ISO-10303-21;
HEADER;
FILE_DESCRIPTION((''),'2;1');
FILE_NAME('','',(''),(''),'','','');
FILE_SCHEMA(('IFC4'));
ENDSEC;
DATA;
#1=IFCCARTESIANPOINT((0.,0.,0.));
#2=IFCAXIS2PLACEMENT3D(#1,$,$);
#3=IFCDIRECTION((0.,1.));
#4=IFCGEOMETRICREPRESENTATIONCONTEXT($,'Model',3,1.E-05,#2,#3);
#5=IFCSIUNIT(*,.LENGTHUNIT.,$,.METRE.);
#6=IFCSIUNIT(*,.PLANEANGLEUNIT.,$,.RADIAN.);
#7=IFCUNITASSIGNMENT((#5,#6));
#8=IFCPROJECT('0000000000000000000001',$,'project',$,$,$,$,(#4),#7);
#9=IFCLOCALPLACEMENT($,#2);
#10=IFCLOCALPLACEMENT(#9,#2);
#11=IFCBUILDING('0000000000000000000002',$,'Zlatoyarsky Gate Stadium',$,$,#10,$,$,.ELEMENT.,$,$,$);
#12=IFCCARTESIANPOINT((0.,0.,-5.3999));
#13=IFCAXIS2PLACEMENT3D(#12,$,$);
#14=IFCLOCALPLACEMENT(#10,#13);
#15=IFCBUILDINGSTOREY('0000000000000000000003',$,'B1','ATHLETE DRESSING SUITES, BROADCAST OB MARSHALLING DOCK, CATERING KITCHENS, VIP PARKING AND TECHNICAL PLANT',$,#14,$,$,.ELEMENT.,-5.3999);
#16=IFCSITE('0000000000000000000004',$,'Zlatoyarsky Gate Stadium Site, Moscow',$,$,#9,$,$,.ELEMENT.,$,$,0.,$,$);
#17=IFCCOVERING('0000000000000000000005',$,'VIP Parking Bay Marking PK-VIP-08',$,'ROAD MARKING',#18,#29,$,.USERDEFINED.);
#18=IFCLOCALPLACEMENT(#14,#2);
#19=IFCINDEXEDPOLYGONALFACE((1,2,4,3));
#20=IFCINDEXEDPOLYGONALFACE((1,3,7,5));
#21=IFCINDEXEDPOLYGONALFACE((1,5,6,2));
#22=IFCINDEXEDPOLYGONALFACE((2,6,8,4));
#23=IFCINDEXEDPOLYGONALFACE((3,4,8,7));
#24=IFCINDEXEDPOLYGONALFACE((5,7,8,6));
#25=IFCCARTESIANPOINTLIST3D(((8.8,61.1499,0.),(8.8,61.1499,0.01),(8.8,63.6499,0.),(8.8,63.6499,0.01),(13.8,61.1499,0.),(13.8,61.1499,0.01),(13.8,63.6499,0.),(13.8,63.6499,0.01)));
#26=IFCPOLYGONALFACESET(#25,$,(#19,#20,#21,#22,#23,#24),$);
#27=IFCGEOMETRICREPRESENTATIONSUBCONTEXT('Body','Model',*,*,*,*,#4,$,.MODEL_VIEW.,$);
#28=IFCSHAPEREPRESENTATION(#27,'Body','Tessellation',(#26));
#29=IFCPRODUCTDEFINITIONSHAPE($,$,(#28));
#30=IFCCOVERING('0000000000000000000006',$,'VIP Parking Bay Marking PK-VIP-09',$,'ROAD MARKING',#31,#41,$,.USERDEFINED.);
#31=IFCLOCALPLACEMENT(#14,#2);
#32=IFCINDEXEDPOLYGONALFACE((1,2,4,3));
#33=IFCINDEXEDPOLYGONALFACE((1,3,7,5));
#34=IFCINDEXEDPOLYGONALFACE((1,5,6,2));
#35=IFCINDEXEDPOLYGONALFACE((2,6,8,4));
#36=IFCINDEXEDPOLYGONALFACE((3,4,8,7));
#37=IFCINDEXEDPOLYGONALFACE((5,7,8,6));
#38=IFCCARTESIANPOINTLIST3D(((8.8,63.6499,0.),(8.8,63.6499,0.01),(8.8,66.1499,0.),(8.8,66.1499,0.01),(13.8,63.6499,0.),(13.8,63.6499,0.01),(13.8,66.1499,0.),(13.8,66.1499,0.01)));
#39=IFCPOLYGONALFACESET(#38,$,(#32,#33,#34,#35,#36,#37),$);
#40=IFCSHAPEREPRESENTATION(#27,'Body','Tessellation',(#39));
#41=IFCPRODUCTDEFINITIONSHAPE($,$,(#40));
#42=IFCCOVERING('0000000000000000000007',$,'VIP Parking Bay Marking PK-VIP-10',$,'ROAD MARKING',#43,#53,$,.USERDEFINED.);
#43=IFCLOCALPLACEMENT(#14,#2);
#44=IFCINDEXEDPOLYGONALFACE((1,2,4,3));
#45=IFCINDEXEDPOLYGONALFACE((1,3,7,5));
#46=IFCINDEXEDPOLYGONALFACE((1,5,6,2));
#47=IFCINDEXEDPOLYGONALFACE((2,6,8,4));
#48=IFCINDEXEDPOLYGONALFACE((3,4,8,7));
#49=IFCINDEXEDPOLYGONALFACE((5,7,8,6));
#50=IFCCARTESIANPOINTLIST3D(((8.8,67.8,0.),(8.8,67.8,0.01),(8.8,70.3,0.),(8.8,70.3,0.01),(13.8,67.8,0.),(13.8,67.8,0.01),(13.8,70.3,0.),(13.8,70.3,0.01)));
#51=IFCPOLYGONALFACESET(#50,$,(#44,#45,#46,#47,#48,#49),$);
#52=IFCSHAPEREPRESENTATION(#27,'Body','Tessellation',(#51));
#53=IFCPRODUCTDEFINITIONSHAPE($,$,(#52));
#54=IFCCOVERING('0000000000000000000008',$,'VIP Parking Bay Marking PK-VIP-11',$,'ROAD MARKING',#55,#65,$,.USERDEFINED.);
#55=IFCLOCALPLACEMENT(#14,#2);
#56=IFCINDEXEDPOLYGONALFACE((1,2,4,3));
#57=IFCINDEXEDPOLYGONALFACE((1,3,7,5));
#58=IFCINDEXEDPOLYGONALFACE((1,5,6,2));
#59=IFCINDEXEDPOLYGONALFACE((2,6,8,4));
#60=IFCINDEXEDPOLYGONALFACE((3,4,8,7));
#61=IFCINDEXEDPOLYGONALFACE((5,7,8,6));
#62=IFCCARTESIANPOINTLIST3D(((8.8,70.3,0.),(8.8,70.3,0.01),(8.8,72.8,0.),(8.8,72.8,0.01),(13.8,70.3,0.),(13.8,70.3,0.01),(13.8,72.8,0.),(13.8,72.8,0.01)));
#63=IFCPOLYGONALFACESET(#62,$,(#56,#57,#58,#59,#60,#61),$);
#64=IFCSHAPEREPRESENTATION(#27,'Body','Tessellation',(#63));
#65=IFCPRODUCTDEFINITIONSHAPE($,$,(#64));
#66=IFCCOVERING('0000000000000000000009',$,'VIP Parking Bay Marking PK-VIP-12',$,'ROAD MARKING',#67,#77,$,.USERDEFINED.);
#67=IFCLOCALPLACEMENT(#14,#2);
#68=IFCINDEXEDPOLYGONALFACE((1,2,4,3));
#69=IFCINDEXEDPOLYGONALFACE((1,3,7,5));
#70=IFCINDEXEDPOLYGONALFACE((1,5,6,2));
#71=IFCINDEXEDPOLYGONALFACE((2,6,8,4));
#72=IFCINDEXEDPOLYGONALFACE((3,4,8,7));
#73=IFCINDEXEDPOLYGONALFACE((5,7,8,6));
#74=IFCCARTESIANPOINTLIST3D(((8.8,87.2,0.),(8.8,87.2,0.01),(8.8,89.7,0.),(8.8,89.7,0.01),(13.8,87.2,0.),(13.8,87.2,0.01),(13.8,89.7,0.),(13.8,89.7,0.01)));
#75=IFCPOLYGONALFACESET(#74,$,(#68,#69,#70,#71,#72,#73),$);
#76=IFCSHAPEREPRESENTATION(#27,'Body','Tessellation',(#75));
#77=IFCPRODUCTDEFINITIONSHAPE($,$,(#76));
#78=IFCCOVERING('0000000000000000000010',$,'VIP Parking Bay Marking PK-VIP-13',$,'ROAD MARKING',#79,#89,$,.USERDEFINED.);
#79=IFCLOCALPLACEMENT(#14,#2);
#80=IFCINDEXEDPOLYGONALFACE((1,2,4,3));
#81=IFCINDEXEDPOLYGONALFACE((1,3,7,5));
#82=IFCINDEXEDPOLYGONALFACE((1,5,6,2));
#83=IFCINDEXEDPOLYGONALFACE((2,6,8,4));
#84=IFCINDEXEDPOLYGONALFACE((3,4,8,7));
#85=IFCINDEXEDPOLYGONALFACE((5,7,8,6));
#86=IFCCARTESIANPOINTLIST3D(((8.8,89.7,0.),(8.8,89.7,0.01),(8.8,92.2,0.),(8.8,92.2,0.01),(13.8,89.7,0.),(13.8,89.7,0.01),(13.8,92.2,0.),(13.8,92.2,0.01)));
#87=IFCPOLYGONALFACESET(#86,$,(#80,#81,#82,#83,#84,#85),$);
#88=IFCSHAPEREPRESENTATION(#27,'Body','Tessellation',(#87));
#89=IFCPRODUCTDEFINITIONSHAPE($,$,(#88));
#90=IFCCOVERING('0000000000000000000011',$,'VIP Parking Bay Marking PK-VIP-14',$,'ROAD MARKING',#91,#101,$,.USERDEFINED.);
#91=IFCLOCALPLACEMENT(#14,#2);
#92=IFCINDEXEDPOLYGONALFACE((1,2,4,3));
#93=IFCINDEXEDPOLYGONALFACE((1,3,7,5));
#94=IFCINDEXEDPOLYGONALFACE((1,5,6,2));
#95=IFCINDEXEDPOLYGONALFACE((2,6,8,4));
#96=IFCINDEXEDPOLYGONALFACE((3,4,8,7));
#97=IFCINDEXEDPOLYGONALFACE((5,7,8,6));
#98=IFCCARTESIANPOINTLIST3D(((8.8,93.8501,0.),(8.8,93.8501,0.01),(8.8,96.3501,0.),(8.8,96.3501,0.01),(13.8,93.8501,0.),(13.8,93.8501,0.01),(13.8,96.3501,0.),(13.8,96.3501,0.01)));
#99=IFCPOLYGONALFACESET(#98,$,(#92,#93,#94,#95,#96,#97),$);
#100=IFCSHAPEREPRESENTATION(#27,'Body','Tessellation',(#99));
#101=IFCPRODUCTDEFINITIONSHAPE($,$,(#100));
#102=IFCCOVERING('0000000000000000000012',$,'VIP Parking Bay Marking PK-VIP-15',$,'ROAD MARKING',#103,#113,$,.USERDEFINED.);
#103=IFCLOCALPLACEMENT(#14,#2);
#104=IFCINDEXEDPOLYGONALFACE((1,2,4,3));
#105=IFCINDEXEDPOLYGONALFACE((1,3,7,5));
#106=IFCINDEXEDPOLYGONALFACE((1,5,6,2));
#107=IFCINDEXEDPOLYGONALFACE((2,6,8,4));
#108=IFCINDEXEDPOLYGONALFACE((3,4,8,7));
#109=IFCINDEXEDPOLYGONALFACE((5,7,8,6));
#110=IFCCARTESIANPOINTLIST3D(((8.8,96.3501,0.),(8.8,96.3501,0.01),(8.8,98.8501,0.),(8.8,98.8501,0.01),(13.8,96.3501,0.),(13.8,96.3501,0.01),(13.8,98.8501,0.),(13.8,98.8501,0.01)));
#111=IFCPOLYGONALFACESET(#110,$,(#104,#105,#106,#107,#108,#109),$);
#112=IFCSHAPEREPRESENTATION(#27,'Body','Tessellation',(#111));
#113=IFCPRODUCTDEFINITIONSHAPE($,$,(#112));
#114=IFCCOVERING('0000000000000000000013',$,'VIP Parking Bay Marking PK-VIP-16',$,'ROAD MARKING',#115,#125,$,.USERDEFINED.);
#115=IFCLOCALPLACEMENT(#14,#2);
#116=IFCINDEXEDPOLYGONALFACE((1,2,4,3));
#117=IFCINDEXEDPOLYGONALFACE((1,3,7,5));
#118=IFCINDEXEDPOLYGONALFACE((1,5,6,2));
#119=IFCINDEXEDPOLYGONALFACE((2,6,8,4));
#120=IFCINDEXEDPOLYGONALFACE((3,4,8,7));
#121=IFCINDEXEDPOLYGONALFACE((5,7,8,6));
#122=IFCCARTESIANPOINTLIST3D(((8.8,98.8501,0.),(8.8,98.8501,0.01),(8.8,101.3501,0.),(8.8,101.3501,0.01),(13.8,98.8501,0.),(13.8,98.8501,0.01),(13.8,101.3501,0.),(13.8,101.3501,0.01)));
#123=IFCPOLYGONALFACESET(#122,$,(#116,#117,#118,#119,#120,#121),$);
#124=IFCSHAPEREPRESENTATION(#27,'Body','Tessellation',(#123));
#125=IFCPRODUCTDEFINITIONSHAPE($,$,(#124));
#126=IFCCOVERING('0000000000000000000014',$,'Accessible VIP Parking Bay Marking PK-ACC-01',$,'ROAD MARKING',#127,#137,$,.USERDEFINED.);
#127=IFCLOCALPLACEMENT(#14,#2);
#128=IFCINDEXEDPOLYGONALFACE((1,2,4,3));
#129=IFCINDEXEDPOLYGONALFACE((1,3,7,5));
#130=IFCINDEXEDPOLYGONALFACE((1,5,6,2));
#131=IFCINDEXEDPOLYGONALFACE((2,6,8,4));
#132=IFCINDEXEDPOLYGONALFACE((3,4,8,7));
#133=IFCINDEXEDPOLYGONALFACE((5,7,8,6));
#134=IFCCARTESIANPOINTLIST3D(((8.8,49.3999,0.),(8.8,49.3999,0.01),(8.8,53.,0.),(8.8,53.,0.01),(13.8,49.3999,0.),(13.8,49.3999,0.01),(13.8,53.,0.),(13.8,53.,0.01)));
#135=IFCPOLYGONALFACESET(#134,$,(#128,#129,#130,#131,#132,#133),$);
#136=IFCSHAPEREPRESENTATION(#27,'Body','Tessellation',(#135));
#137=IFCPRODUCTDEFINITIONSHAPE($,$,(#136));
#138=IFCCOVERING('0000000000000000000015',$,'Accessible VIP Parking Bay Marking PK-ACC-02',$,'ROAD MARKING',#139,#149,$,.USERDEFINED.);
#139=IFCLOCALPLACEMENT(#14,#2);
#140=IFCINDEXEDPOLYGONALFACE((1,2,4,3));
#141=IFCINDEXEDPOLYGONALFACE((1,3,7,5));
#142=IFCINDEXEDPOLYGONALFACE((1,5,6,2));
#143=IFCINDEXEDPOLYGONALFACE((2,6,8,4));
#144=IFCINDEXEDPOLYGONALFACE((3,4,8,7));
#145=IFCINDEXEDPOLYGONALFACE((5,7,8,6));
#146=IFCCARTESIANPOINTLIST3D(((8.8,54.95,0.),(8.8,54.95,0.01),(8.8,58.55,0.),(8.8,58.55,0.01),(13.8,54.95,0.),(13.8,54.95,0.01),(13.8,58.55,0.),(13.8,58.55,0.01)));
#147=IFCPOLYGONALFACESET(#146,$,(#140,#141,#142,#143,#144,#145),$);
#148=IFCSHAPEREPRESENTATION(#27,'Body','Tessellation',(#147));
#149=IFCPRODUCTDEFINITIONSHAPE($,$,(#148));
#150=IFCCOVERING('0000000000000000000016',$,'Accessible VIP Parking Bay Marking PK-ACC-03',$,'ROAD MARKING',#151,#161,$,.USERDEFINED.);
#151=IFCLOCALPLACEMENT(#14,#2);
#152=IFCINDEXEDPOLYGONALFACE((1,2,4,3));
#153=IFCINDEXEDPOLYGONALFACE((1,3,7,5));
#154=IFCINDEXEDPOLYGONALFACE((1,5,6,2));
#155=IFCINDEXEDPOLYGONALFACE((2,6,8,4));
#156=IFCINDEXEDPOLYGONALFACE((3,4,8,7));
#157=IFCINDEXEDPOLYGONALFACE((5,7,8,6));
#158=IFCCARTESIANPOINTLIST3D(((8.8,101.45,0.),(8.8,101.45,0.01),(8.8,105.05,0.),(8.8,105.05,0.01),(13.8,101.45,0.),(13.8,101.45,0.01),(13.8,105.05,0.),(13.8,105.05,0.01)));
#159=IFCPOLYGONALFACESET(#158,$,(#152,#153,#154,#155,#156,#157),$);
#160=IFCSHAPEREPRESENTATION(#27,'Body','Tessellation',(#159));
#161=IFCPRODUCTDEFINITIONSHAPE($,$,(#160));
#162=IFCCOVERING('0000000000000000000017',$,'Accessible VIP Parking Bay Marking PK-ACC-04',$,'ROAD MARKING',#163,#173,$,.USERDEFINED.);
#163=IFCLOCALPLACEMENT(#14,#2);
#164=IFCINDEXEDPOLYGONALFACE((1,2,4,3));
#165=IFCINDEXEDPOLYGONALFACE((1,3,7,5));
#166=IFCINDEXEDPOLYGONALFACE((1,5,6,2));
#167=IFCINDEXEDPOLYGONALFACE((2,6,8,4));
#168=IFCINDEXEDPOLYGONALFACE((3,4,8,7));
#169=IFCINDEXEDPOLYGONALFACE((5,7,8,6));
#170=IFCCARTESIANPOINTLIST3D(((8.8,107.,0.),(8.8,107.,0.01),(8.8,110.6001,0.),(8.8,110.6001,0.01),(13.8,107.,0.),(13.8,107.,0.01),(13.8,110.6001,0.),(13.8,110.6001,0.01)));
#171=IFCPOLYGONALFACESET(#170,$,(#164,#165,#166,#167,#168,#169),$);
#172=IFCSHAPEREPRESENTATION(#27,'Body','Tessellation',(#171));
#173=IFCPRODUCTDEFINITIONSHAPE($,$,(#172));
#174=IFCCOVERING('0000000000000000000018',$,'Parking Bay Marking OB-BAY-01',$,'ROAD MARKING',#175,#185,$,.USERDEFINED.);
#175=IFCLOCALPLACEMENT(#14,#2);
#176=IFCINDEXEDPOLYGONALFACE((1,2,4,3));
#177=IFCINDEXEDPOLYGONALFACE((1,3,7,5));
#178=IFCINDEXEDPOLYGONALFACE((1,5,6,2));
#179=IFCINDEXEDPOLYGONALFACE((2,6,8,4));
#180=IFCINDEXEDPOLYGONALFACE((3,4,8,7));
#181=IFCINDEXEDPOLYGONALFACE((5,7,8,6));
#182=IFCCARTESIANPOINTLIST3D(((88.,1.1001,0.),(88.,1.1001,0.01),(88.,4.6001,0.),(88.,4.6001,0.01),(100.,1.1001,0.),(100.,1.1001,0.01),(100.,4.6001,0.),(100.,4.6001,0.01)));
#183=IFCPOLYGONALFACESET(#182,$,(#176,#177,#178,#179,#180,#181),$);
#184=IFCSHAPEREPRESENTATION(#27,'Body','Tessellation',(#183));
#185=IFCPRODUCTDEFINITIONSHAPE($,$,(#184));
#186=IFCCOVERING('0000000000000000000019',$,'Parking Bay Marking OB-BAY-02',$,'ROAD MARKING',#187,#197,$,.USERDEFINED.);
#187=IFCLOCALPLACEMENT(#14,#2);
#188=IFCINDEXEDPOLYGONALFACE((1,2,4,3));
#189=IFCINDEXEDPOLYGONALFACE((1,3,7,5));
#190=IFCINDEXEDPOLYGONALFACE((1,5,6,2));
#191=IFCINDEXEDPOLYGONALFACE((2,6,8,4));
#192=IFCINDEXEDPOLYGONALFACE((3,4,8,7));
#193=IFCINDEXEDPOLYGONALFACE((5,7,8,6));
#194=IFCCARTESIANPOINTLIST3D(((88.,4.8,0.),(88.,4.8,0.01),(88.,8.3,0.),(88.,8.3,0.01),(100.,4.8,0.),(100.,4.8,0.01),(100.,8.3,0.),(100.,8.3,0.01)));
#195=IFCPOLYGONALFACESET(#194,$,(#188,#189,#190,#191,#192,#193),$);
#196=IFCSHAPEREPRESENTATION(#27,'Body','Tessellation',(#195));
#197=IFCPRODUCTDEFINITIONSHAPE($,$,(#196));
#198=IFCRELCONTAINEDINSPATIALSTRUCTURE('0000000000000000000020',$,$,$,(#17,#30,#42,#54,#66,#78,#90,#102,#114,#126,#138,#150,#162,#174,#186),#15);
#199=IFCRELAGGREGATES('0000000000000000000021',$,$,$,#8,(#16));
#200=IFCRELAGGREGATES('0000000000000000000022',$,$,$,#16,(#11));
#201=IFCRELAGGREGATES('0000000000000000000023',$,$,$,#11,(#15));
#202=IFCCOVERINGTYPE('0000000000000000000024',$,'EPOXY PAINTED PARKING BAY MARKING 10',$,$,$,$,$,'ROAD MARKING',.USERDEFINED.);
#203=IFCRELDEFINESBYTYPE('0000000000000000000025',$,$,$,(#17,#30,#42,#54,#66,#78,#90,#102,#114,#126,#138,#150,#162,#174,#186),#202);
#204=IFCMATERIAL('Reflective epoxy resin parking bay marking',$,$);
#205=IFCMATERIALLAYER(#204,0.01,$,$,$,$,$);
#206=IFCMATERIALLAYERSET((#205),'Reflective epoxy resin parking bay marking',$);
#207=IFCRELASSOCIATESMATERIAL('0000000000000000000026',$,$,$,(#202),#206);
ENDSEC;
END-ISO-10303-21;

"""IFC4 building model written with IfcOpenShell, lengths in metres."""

from ifc_helpers import new_model, si_unit, direction, frame, origin, place, context, subcontext, project, spatial, polyline, outline, extrude, material, layer, layer_set, type_object, element, save


model = new_model("IFC4")

# Units and contexts
model_context = context("Model", 3, precision=1e-05, world=origin(), true_north=direction((0.0, 1.0)))
body_context = subcontext(model_context, "Body", "Model", "MODEL_VIEW")
ifc_project = project(units=[si_unit("LENGTHUNIT", "METRE"), si_unit("PLANEANGLEUNIT", "RADIAN")], contexts=[model_context])

# Site, building, storey
site_placement = place(None, origin())
site = spatial("IfcSite", under=ifc_project, at=site_placement, Name="Zlatoyarsky Gate Stadium Site, Moscow", CompositionType="ELEMENT", RefElevation=0.0)
building_placement = place(site_placement, origin())
building = spatial("IfcBuilding", under=site, at=building_placement, Name="Zlatoyarsky Gate Stadium", CompositionType="ELEMENT")
storey_placement = place(building_placement, frame((0.0, 0.0, -5.3999)))
storey = spatial("IfcBuildingStorey", under=building, at=storey_placement, Name="B1", Description="ATHLETE DRESSING SUITES, BROADCAST OB MARSHALLING DOCK, CATERING KITCHENS, VIP PARKING AND TECHNICAL PLANT", CompositionType="ELEMENT", Elevation=-5.3999)

# Coverings
ifc_material_1 = material(Name="Reflective epoxy resin parking bay marking")
ifc_layer_1 = layer(ifc_material_1, 0.01)
ifc_layer_set_1 = layer_set([ifc_layer_1], Name="Reflective epoxy resin parking bay marking")
covering_type = type_object("IfcCoveringType", Name="EPOXY PAINTED PARKING BAY MARKING 10", ElementType="ROAD MARKING", PredefinedType="USERDEFINED", material=ifc_layer_set_1)
covering_1_placement = place(storey_placement, origin())
element("IfcCovering", 1, at=covering_1_placement, inside=storey, type_object=covering_type, Name="VIP Parking Bay Marking PK-VIP-08", ObjectType="ROAD MARKING", PredefinedType="USERDEFINED", context=body_context, shape_type="SweptSolid", body=[
    extrude(outline(polyline([(8.8, 61.1499), (13.8, 61.1499), (13.8, 63.6499), (8.8, 63.6499), (8.8, 61.1499)])), origin(), (0.0, 0.0, 1.0), 0.01),
])
covering_2_placement = place(storey_placement, origin())
element("IfcCovering", 2, at=covering_2_placement, inside=storey, type_object=covering_type, Name="VIP Parking Bay Marking PK-VIP-09", ObjectType="ROAD MARKING", PredefinedType="USERDEFINED", context=body_context, shape_type="SweptSolid", body=[
    extrude(outline(polyline([(8.8, 63.6499), (13.8, 63.6499), (13.8, 66.1499), (8.8, 66.1499), (8.8, 63.6499)])), origin(), (0.0, 0.0, 1.0), 0.01),
])
covering_3_placement = place(storey_placement, origin())
element("IfcCovering", 3, at=covering_3_placement, inside=storey, type_object=covering_type, Name="VIP Parking Bay Marking PK-VIP-10", ObjectType="ROAD MARKING", PredefinedType="USERDEFINED", context=body_context, shape_type="SweptSolid", body=[
    extrude(outline(polyline([(8.8, 67.8), (13.8, 67.8), (13.8, 70.3), (8.8, 70.3), (8.8, 67.8)])), origin(), (0.0, 0.0, 1.0), 0.01),
])
covering_4_placement = place(storey_placement, origin())
element("IfcCovering", 4, at=covering_4_placement, inside=storey, type_object=covering_type, Name="VIP Parking Bay Marking PK-VIP-11", ObjectType="ROAD MARKING", PredefinedType="USERDEFINED", context=body_context, shape_type="SweptSolid", body=[
    extrude(outline(polyline([(8.8, 70.3), (13.8, 70.3), (13.8, 72.8), (8.8, 72.8), (8.8, 70.3)])), origin(), (0.0, 0.0, 1.0), 0.01),
])
covering_5_placement = place(storey_placement, origin())
element("IfcCovering", 5, at=covering_5_placement, inside=storey, type_object=covering_type, Name="VIP Parking Bay Marking PK-VIP-12", ObjectType="ROAD MARKING", PredefinedType="USERDEFINED", context=body_context, shape_type="SweptSolid", body=[
    extrude(outline(polyline([(8.8, 87.2), (13.8, 87.2), (13.8, 89.7), (8.8, 89.7), (8.8, 87.2)])), origin(), (0.0, 0.0, 1.0), 0.01),
])
covering_6_placement = place(storey_placement, origin())
element("IfcCovering", 6, at=covering_6_placement, inside=storey, type_object=covering_type, Name="VIP Parking Bay Marking PK-VIP-13", ObjectType="ROAD MARKING", PredefinedType="USERDEFINED", context=body_context, shape_type="SweptSolid", body=[
    extrude(outline(polyline([(8.8, 89.7), (13.8, 89.7), (13.8, 92.2), (8.8, 92.2), (8.8, 89.7)])), origin(), (0.0, 0.0, 1.0), 0.01),
])
covering_7_placement = place(storey_placement, origin())
element("IfcCovering", 7, at=covering_7_placement, inside=storey, type_object=covering_type, Name="VIP Parking Bay Marking PK-VIP-14", ObjectType="ROAD MARKING", PredefinedType="USERDEFINED", context=body_context, shape_type="SweptSolid", body=[
    extrude(outline(polyline([(8.8, 93.8501), (13.8, 93.8501), (13.8, 96.3501), (8.8, 96.3501), (8.8, 93.8501)])), origin(), (0.0, 0.0, 1.0), 0.01),
])
covering_8_placement = place(storey_placement, origin())
element("IfcCovering", 8, at=covering_8_placement, inside=storey, type_object=covering_type, Name="VIP Parking Bay Marking PK-VIP-15", ObjectType="ROAD MARKING", PredefinedType="USERDEFINED", context=body_context, shape_type="SweptSolid", body=[
    extrude(outline(polyline([(8.8, 96.3501), (13.8, 96.3501), (13.8, 98.8501), (8.8, 98.8501), (8.8, 96.3501)])), origin(), (0.0, 0.0, 1.0), 0.01),
])
covering_9_placement = place(storey_placement, origin())
element("IfcCovering", 9, at=covering_9_placement, inside=storey, type_object=covering_type, Name="VIP Parking Bay Marking PK-VIP-16", ObjectType="ROAD MARKING", PredefinedType="USERDEFINED", context=body_context, shape_type="SweptSolid", body=[
    extrude(outline(polyline([(8.8, 98.8501), (13.8, 98.8501), (13.8, 101.3501), (8.8, 101.3501), (8.8, 98.8501)])), origin(), (0.0, 0.0, 1.0), 0.01),
])
covering_10_placement = place(storey_placement, origin())
element("IfcCovering", 10, at=covering_10_placement, inside=storey, type_object=covering_type, Name="Accessible VIP Parking Bay Marking PK-ACC-01", ObjectType="ROAD MARKING", PredefinedType="USERDEFINED", context=body_context, shape_type="SweptSolid", body=[
    extrude(outline(polyline([(8.8, 49.3999), (13.8, 49.3999), (13.8, 53.0), (8.8, 53.0), (8.8, 49.3999)])), origin(), (0.0, 0.0, 1.0), 0.01),
])
covering_11_placement = place(storey_placement, origin())
element("IfcCovering", 11, at=covering_11_placement, inside=storey, type_object=covering_type, Name="Accessible VIP Parking Bay Marking PK-ACC-02", ObjectType="ROAD MARKING", PredefinedType="USERDEFINED", context=body_context, shape_type="SweptSolid", body=[
    extrude(outline(polyline([(8.8, 54.95), (13.8, 54.95), (13.8, 58.55), (8.8, 58.55), (8.8, 54.95)])), origin(), (0.0, 0.0, 1.0), 0.01),
])
covering_12_placement = place(storey_placement, origin())
element("IfcCovering", 12, at=covering_12_placement, inside=storey, type_object=covering_type, Name="Accessible VIP Parking Bay Marking PK-ACC-03", ObjectType="ROAD MARKING", PredefinedType="USERDEFINED", context=body_context, shape_type="SweptSolid", body=[
    extrude(outline(polyline([(8.8, 101.45), (13.8, 101.45), (13.8, 105.05), (8.8, 105.05), (8.8, 101.45)])), origin(), (0.0, 0.0, 1.0), 0.01),
])
covering_13_placement = place(storey_placement, origin())
element("IfcCovering", 13, at=covering_13_placement, inside=storey, type_object=covering_type, Name="Accessible VIP Parking Bay Marking PK-ACC-04", ObjectType="ROAD MARKING", PredefinedType="USERDEFINED", context=body_context, shape_type="SweptSolid", body=[
    extrude(outline(polyline([(8.8, 107.0), (13.8, 107.0), (13.8, 110.6001), (8.8, 110.6001), (8.8, 107.0)])), origin(), (0.0, 0.0, 1.0), 0.01),
])
covering_14_placement = place(storey_placement, origin())
element("IfcCovering", 14, at=covering_14_placement, inside=storey, type_object=covering_type, Name="Parking Bay Marking OB-BAY-01", ObjectType="ROAD MARKING", PredefinedType="USERDEFINED", context=body_context, shape_type="SweptSolid", body=[
    extrude(outline(polyline([(88.0, 1.1001), (100.0, 1.1001), (100.0, 4.6001), (88.0, 4.6001), (88.0, 1.1001)])), origin(), (0.0, 0.0, 1.0), 0.01),
])
covering_15_placement = place(storey_placement, origin())
element("IfcCovering", 15, at=covering_15_placement, inside=storey, type_object=covering_type, Name="Parking Bay Marking OB-BAY-02", ObjectType="ROAD MARKING", PredefinedType="USERDEFINED", context=body_context, shape_type="SweptSolid", body=[
    extrude(outline(polyline([(88.0, 4.8), (100.0, 4.8), (100.0, 8.3), (88.0, 8.3), (88.0, 4.8)])), origin(), (0.0, 0.0, 1.0), 0.01),
])

save(model, "model.ifc")
